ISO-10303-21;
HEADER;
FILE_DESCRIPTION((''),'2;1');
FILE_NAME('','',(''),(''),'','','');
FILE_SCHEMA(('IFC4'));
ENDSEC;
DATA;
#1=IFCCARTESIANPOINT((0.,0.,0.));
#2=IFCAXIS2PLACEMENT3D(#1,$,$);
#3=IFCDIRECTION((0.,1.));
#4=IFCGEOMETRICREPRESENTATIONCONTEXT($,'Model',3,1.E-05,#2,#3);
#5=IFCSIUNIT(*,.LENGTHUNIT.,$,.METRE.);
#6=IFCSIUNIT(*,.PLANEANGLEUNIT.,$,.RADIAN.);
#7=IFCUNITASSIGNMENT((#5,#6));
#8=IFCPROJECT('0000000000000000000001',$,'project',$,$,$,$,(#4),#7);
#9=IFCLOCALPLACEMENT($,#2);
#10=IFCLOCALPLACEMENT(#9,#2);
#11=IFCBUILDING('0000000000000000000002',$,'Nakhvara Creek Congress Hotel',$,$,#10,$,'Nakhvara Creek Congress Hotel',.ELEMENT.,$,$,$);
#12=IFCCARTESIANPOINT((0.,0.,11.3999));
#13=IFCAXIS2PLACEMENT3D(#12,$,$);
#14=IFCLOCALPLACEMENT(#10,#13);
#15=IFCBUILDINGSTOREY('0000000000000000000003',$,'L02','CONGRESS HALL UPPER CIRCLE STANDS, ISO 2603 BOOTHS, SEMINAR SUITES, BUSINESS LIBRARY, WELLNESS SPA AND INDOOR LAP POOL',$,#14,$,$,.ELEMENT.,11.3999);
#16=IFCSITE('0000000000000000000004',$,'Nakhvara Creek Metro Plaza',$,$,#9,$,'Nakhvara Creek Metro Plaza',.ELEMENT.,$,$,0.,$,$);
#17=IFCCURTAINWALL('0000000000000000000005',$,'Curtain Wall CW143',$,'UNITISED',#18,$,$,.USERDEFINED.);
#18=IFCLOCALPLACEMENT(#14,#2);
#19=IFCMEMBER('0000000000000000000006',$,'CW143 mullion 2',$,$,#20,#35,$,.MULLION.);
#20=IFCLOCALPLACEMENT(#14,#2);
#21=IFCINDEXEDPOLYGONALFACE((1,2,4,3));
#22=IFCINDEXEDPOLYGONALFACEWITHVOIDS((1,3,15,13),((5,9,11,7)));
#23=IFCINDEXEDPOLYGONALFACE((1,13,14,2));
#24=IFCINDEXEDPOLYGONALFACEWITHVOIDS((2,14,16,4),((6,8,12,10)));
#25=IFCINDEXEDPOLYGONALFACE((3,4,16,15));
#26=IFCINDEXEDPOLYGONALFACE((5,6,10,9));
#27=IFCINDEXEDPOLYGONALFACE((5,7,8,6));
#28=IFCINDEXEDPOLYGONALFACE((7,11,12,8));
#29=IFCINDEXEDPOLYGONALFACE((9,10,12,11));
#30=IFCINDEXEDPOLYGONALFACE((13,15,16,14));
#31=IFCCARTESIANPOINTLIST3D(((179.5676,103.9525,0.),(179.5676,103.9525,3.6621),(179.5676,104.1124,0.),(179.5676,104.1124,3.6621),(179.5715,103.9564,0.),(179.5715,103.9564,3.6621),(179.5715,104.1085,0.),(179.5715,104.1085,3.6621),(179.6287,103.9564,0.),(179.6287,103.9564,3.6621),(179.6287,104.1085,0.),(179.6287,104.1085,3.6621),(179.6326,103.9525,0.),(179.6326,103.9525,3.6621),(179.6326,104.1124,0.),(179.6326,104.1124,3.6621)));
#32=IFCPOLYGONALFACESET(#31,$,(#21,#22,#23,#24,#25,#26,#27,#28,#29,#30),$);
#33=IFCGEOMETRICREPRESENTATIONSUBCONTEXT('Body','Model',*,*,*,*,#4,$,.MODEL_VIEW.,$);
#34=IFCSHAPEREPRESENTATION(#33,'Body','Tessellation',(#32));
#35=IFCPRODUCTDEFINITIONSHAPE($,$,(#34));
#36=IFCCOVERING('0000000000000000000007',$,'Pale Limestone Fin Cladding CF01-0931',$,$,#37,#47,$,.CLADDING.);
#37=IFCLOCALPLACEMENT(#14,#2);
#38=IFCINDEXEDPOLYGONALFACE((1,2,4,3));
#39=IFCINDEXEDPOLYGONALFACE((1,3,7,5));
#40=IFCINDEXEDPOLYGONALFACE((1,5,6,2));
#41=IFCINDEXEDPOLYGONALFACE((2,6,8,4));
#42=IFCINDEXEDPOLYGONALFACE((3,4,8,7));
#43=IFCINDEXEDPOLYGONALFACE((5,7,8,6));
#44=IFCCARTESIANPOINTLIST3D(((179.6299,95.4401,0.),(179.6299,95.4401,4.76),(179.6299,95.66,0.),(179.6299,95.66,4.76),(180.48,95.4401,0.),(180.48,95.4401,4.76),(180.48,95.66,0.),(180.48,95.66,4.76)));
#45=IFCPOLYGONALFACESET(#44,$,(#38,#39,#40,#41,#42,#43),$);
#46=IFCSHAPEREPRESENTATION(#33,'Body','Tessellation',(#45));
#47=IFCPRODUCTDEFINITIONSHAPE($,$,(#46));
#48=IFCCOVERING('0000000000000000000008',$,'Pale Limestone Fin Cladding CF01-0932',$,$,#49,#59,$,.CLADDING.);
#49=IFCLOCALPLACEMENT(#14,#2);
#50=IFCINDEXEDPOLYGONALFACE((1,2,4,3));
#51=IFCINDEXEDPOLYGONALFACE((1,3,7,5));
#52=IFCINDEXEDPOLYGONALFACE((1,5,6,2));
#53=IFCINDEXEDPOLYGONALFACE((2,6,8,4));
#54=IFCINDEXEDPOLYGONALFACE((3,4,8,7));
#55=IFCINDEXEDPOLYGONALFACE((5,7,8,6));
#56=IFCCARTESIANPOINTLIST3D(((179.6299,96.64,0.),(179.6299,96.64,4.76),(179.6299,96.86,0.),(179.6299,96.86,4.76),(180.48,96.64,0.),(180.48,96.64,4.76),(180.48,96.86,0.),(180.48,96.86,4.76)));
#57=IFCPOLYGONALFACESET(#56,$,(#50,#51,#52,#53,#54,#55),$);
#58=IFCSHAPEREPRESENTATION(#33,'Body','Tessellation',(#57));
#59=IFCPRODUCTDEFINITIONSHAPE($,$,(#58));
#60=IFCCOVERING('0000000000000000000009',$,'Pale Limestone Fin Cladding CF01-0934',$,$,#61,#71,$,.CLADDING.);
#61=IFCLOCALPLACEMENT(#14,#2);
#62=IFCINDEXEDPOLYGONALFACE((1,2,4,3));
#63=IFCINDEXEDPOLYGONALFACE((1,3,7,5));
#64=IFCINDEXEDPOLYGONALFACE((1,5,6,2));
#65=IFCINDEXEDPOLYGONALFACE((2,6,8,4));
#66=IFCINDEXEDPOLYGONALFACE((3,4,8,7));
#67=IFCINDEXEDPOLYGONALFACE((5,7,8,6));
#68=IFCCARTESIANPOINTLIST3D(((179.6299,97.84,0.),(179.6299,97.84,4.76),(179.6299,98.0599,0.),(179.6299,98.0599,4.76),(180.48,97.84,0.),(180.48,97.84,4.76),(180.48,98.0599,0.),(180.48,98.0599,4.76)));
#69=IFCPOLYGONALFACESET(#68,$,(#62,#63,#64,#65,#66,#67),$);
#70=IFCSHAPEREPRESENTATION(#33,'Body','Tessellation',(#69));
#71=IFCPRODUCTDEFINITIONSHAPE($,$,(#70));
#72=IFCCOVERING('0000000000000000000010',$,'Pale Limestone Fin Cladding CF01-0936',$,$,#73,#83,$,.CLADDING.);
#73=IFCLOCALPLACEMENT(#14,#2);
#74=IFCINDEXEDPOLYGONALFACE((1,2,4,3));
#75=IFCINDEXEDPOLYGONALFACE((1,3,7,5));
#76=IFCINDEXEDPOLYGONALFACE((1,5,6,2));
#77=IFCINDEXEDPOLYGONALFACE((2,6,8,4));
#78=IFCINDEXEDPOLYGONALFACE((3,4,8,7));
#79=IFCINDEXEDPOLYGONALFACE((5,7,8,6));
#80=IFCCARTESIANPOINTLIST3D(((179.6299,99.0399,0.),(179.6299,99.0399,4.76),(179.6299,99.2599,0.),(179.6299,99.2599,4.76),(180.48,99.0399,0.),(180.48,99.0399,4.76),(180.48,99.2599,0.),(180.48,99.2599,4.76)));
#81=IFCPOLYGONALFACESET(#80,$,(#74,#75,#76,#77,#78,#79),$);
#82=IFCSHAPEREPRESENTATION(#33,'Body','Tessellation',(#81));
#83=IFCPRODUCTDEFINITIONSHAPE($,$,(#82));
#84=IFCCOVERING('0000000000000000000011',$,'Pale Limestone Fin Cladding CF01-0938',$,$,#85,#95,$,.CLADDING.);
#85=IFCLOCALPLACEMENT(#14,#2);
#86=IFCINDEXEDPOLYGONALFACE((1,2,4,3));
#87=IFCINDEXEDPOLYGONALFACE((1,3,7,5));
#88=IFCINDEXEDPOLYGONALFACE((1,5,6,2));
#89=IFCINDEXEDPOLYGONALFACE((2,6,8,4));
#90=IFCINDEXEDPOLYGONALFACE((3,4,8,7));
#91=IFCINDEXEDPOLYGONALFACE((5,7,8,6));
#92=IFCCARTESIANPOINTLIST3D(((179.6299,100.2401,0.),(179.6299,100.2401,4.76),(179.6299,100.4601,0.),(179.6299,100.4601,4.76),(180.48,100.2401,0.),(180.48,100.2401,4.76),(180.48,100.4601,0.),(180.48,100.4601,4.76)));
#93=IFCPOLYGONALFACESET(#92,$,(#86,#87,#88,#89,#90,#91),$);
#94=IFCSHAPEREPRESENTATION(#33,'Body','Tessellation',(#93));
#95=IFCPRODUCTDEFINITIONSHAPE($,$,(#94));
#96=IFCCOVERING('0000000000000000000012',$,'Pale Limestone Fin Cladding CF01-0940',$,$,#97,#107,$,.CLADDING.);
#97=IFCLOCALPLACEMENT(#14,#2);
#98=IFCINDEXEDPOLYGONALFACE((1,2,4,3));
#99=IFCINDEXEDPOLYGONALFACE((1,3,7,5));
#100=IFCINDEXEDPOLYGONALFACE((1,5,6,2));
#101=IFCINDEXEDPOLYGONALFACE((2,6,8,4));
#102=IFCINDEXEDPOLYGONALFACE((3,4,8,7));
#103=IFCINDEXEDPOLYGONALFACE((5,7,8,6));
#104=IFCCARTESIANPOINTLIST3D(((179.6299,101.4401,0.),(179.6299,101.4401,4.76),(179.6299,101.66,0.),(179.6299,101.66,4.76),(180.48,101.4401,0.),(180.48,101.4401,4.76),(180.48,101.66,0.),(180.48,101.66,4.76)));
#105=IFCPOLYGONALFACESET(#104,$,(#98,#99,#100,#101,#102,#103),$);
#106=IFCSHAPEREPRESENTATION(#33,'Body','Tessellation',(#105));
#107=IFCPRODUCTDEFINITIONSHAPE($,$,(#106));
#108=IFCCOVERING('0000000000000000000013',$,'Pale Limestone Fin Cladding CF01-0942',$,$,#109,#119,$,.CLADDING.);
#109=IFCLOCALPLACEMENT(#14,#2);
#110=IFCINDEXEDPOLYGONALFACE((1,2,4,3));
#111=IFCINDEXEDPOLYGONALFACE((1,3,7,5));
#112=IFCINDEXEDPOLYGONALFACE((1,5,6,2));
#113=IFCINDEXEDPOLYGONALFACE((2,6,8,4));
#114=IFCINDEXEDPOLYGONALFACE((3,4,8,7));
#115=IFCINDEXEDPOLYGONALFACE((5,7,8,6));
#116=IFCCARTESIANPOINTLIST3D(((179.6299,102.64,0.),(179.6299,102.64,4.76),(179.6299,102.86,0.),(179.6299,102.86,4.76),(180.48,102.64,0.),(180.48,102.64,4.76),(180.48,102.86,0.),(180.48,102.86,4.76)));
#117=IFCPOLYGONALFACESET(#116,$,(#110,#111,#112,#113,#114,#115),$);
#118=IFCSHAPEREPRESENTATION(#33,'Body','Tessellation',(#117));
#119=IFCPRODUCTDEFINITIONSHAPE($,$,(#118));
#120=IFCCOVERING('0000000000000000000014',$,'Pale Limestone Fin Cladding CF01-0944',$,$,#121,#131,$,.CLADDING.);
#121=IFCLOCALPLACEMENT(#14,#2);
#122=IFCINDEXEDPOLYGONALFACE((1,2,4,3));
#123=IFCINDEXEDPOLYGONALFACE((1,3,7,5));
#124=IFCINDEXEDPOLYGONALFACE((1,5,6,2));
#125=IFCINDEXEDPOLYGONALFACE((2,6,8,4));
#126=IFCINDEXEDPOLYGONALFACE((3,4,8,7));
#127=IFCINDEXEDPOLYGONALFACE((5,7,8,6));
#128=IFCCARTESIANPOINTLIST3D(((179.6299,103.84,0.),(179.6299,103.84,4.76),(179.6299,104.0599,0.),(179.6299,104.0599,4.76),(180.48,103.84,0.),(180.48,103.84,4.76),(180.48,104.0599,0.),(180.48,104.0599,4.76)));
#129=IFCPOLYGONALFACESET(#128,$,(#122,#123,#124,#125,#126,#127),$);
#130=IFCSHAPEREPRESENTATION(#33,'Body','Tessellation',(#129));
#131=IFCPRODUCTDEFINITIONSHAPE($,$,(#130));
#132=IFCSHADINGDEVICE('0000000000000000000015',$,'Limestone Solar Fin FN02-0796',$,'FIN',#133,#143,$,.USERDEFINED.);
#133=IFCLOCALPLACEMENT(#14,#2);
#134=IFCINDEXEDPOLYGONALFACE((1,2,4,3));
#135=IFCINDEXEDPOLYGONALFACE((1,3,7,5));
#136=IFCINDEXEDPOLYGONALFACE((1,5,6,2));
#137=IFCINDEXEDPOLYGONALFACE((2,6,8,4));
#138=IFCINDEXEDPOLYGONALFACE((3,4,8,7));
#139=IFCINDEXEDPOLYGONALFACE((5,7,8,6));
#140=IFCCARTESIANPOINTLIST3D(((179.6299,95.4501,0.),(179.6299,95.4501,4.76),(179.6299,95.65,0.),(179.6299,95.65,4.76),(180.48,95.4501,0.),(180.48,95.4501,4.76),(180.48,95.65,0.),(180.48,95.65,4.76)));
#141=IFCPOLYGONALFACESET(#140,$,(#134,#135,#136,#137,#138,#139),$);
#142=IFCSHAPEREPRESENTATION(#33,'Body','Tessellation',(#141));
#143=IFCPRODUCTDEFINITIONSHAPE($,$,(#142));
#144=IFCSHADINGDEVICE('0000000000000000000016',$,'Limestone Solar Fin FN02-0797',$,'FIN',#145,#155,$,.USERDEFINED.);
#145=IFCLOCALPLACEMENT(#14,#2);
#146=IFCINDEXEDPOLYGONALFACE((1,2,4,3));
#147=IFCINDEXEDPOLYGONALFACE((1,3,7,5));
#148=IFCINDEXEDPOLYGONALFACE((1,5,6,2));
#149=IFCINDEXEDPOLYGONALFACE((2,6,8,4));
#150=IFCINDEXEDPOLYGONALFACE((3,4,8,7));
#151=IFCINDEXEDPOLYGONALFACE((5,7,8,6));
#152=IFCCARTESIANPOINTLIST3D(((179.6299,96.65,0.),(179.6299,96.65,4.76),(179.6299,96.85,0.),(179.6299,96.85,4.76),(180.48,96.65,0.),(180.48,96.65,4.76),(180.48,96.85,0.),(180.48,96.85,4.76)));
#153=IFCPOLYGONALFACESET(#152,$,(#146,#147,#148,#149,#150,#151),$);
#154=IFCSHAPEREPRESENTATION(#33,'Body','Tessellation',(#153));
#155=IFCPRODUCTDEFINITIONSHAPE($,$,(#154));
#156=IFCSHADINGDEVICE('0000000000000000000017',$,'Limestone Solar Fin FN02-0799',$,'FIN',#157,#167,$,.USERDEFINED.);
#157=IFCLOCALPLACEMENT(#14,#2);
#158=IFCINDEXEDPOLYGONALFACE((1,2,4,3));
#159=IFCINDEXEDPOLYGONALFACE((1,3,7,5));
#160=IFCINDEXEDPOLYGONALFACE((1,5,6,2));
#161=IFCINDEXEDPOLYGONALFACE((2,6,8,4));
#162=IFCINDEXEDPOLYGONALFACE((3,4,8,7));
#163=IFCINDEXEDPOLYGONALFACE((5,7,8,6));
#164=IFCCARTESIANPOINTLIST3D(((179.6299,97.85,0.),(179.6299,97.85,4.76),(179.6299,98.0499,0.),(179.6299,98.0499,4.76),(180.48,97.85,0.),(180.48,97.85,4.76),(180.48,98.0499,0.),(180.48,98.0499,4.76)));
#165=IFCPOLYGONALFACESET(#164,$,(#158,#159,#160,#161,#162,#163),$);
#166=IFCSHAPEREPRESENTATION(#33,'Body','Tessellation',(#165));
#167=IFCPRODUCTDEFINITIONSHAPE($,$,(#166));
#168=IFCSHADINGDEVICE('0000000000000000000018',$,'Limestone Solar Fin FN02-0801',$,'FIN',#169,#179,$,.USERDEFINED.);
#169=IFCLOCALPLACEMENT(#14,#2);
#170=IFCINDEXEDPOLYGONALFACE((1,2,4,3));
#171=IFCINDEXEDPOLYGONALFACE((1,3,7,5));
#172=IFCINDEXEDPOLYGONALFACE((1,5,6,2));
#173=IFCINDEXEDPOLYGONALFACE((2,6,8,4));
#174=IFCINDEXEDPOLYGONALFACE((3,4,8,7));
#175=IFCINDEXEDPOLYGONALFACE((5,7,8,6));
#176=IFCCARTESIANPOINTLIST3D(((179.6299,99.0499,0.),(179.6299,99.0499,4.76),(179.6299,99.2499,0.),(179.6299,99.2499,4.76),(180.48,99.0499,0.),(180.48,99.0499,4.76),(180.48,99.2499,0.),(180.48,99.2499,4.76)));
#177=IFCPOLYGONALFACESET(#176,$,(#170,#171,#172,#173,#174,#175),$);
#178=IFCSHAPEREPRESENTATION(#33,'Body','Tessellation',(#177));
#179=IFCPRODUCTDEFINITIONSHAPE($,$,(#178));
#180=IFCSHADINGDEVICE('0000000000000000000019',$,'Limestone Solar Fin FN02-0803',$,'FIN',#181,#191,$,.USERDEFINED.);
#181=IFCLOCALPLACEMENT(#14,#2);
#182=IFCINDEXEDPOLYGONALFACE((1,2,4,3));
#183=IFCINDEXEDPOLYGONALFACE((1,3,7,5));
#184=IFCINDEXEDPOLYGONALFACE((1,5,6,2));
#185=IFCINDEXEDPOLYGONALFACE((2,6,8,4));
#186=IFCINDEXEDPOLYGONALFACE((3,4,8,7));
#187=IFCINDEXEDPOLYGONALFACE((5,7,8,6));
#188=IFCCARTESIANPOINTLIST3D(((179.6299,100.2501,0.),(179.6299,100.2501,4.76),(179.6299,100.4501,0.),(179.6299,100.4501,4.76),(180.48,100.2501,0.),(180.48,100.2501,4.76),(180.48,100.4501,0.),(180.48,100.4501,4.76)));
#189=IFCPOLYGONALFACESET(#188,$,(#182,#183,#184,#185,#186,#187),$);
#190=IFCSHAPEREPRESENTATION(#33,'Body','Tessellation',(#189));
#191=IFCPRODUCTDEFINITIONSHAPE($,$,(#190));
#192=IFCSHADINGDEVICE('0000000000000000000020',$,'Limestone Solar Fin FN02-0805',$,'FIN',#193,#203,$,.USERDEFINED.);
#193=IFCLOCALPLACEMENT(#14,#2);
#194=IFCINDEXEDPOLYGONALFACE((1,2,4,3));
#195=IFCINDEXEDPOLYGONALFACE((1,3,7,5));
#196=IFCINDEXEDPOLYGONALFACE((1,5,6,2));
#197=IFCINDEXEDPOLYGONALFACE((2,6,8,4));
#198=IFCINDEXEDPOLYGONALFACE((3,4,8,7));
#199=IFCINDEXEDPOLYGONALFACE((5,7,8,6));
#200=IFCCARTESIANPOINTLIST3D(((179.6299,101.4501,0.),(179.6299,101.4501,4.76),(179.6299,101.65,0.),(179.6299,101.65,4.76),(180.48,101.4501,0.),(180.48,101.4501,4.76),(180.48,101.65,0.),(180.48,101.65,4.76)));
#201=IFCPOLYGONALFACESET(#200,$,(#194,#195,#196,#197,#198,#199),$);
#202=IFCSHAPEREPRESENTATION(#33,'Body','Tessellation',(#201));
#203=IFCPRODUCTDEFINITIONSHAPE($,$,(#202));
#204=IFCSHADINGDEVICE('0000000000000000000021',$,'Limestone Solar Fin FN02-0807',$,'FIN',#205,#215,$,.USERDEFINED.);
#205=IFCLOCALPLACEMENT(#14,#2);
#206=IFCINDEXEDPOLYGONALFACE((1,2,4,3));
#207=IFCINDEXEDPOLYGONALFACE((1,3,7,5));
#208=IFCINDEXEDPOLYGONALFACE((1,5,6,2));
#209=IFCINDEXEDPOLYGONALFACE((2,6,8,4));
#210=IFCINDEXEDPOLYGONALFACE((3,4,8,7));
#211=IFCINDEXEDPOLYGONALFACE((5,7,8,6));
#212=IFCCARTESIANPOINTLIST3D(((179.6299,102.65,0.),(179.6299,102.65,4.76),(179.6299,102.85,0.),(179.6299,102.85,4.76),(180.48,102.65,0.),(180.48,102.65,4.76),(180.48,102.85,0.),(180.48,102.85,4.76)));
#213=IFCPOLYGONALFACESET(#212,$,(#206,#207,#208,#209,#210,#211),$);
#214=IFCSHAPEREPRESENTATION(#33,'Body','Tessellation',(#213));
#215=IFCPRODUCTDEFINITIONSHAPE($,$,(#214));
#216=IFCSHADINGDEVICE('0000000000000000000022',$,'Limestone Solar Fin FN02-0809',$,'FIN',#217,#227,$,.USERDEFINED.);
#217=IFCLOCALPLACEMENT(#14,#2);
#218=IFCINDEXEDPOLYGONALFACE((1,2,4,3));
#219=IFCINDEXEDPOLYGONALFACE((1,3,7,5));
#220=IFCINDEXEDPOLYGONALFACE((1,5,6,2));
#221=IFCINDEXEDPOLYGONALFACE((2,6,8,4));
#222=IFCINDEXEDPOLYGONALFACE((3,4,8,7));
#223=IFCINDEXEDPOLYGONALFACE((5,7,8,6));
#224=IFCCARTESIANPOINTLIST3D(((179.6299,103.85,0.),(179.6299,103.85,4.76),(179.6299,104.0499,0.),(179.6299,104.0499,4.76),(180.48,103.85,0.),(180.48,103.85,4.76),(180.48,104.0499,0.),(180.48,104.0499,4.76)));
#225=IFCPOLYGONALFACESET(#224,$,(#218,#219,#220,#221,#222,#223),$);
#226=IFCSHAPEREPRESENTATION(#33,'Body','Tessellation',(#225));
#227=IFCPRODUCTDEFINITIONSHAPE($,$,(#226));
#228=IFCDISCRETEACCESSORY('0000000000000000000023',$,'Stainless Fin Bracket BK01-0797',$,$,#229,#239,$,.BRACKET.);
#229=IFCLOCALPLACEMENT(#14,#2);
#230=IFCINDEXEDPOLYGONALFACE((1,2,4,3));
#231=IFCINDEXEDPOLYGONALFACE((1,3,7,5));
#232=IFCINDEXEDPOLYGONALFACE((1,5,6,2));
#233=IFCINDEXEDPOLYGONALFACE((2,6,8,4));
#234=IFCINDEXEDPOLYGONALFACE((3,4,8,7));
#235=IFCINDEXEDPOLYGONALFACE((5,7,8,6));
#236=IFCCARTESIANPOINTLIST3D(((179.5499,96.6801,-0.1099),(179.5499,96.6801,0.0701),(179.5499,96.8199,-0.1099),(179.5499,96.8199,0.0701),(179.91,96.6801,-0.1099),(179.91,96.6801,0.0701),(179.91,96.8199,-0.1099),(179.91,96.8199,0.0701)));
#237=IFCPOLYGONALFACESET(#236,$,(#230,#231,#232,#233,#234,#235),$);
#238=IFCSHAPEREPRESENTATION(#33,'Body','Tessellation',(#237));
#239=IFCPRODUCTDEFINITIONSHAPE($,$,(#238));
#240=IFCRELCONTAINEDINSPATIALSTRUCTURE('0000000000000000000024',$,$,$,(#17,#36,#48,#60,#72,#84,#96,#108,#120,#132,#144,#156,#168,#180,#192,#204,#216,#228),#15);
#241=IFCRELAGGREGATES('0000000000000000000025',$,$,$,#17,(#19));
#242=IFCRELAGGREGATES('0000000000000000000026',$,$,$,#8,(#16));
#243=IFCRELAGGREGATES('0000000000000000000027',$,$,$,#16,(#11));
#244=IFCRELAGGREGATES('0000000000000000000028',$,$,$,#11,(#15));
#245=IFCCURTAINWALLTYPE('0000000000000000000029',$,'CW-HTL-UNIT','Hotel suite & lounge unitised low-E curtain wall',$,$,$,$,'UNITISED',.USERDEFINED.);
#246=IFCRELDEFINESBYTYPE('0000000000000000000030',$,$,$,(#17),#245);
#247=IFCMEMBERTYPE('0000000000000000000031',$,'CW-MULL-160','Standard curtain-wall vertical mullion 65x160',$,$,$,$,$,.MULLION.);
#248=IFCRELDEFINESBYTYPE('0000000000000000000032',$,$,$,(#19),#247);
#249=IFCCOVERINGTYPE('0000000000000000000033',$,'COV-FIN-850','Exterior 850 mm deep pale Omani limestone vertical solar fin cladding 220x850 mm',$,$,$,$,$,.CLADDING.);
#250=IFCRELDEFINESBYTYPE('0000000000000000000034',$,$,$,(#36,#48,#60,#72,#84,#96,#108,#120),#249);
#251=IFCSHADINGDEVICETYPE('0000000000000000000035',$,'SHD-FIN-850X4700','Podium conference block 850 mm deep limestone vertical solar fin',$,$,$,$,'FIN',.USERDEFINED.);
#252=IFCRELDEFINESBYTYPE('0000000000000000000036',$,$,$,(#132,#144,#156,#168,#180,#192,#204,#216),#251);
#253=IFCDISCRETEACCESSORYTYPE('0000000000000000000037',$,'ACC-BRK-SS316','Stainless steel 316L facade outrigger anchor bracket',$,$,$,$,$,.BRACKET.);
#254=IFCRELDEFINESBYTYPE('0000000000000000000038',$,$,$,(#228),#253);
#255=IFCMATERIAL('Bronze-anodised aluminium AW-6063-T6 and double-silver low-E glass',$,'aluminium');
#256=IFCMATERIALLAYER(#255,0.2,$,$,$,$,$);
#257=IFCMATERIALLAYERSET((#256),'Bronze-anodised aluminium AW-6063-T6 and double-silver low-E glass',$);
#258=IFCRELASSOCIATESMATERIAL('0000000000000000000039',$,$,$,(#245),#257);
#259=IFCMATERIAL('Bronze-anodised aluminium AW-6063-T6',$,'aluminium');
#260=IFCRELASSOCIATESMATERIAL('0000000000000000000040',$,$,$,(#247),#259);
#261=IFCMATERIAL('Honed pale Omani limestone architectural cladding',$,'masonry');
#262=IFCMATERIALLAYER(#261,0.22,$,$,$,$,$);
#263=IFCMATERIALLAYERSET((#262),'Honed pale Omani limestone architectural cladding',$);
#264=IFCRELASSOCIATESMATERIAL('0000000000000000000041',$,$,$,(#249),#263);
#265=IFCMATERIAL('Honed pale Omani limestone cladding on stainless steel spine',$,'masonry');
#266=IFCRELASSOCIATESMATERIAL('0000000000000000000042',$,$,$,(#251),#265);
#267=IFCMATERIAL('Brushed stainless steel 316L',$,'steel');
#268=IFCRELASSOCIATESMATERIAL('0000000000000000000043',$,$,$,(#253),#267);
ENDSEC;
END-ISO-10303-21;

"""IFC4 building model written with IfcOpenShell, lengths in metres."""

from ifc_helpers import new_model, si_unit, direction, frame, origin, origin_2d, place, context, subcontext, project, spatial, rectangle, hollow_rectangle, extrude, material, layer, layer_set, material_profile, profile_set, type_object, element, aggregate, save


model = new_model("IFC4")

# Units and contexts
model_context = context("Model", 3, precision=1e-05, world=origin(), true_north=direction((0.0, 1.0)))
body_context = subcontext(model_context, "Body", "Model", "MODEL_VIEW")
ifc_project = project(units=[si_unit("LENGTHUNIT", "METRE"), si_unit("PLANEANGLEUNIT", "RADIAN")], contexts=[model_context])

# Site, building, storey
site_placement = place(None, origin())
site = spatial("IfcSite", under=ifc_project, at=site_placement, Name="Nakhvara Creek Metro Plaza", LongName="Nakhvara Creek Metro Plaza", CompositionType="ELEMENT", RefElevation=0.0)
building_placement = place(site_placement, origin())
building = spatial("IfcBuilding", under=site, at=building_placement, Name="Nakhvara Creek Congress Hotel", LongName="Nakhvara Creek Congress Hotel", CompositionType="ELEMENT")
storey_placement = place(building_placement, frame((0.0, 0.0, 11.3999)))
storey = spatial("IfcBuildingStorey", under=building, at=storey_placement, Name="L02", Description="CONGRESS HALL UPPER CIRCLE STANDS, ISO 2603 BOOTHS, SEMINAR SUITES, BUSINESS LIBRARY, WELLNESS SPA AND INDOOR LAP POOL", CompositionType="ELEMENT", Elevation=11.3999)

# Curtain wall, member
ifc_material_1 = material(Name="Bronze-anodised aluminium AW-6063-T6 and double-silver low-E glass", Category="aluminium")
ifc_layer_1 = layer(ifc_material_1, 0.2)
ifc_layer_set_1 = layer_set([ifc_layer_1], Name="Bronze-anodised aluminium AW-6063-T6 and double-silver low-E glass")
curtain_wall_type = type_object("IfcCurtainWallType", Name="CW-HTL-UNIT", Description="Hotel suite & lounge unitised low-E curtain wall", ElementType="UNITISED", PredefinedType="USERDEFINED", material=ifc_layer_set_1)
curtain_wall_placement = place(storey_placement, origin())
curtain_wall = element("IfcCurtainWall", 1, at=curtain_wall_placement, inside=storey, type_object=curtain_wall_type, Name="Curtain Wall CW143", ObjectType="UNITISED", PredefinedType="USERDEFINED")
ifc_material_2 = material(Name="Bronze-anodised aluminium AW-6063-T6", Category="aluminium")
ifc_material_profile = material_profile(ifc_material_2, hollow_rectangle(XDim=0.0649, YDim=0.1599, WallThickness=0.0039, at=origin_2d()), Name="ALU-MULL 65x160x4", Category="LoadBearing")
ifc_profile_set = profile_set([ifc_material_profile], Name="Bronze-anodised aluminium AW-6063-T6")
member_type = type_object("IfcMemberType", Name="CW-MULL-160", Description="Standard curtain-wall vertical mullion 65x160", PredefinedType="MULLION", material=ifc_profile_set)
member_placement = place(storey_placement, frame((179.6001, 104.0325, 0.0), z_axis=(0.0, 0.0, 1.0), x_axis=(1.0, 0.0, 0.0)))
member = element("IfcMember", 2, at=member_placement, type_object=member_type, Name="CW143 mullion 2", PredefinedType="MULLION", context=body_context, shape_type="SweptSolid", body=[
    extrude(hollow_rectangle(XDim=0.0649, YDim=0.1599, WallThickness=0.0039, at=origin_2d()), origin(), (0.0, 0.0, 1.0), 3.6621),
])
aggregate(curtain_wall, [member])

# Coverings
ifc_material_3 = material(Name="Honed pale Omani limestone architectural cladding", Category="masonry")
ifc_layer_2 = layer(ifc_material_3, 0.22)
ifc_layer_set_2 = layer_set([ifc_layer_2], Name="Honed pale Omani limestone architectural cladding")
covering_type = type_object("IfcCoveringType", Name="COV-FIN-850", Description="Exterior 850 mm deep pale Omani limestone vertical solar fin cladding 220x850 mm", PredefinedType="CLADDING", material=ifc_layer_set_2)
for number, where, z_axis, x_axis, name in (
    (3, (180.0549, 95.55, 0.0), (0.0, 0.0, 1.0), (0.0, 1.0, 0.0), "Pale Limestone Fin Cladding CF01-0931"),
    (4, (180.0549, 96.75, 0.0), (0.0, 0.0, 1.0), (0.0, 1.0, 0.0), "Pale Limestone Fin Cladding CF01-0932"),
    (5, (180.0549, 97.95, 0.0), (0.0, 0.0, 1.0), (0.0, 1.0, 0.0), "Pale Limestone Fin Cladding CF01-0934"),
    (6, (180.0549, 99.1499, 0.0), (0.0, 0.0, 1.0), (0.0, 1.0, 0.0), "Pale Limestone Fin Cladding CF01-0936"),
    (7, (180.0549, 100.3501, 0.0), (0.0, 0.0, 1.0), (0.0, 1.0, 0.0), "Pale Limestone Fin Cladding CF01-0938"),
    (8, (180.0549, 101.55, 0.0), (0.0, 0.0, 1.0), (0.0, 1.0, 0.0), "Pale Limestone Fin Cladding CF01-0940"),
    (9, (180.0549, 102.75, 0.0), (0.0, 0.0, 1.0), (0.0, 1.0, 0.0), "Pale Limestone Fin Cladding CF01-0942"),
    (10, (180.0549, 103.95, 0.0), (0.0, 0.0, 1.0), (0.0, 1.0, 0.0), "Pale Limestone Fin Cladding CF01-0944"),
):
    element("IfcCovering", number, at=place(storey_placement, frame(where, z_axis=z_axis, x_axis=x_axis)), inside=storey, type_object=covering_type, Name=name, PredefinedType="CLADDING", context=body_context, shape_type="SweptSolid", body=[
        extrude(rectangle(XDim=0.22, YDim=0.8501, at=origin_2d()), origin(), (0.0, 0.0, 1.0), 4.76),
    ])

# Shading devices
ifc_material_4 = material(Name="Honed pale Omani limestone cladding on stainless steel spine", Category="masonry")
shading_device_type = type_object("IfcShadingDeviceType", Name="SHD-FIN-850X4700", Description="Podium conference block 850 mm deep limestone vertical solar fin", ElementType="FIN", PredefinedType="USERDEFINED", material=ifc_material_4)
for number, where, z_axis, x_axis, name in (
    (11, (180.0549, 95.55, 0.0), (0.0, 0.0, 1.0), (0.0, 1.0, 0.0), "Limestone Solar Fin FN02-0796"),
    (12, (180.0549, 96.75, 0.0), (0.0, 0.0, 1.0), (0.0, 1.0, 0.0), "Limestone Solar Fin FN02-0797"),
    (13, (180.0549, 97.95, 0.0), (0.0, 0.0, 1.0), (0.0, 1.0, 0.0), "Limestone Solar Fin FN02-0799"),
    (14, (180.0549, 99.1499, 0.0), (0.0, 0.0, 1.0), (0.0, 1.0, 0.0), "Limestone Solar Fin FN02-0801"),
    (15, (180.0549, 100.3501, 0.0), (0.0, 0.0, 1.0), (0.0, 1.0, 0.0), "Limestone Solar Fin FN02-0803"),
    (16, (180.0549, 101.55, 0.0), (0.0, 0.0, 1.0), (0.0, 1.0, 0.0), "Limestone Solar Fin FN02-0805"),
    (17, (180.0549, 102.75, 0.0), (0.0, 0.0, 1.0), (0.0, 1.0, 0.0), "Limestone Solar Fin FN02-0807"),
    (18, (180.0549, 103.95, 0.0), (0.0, 0.0, 1.0), (0.0, 1.0, 0.0), "Limestone Solar Fin FN02-0809"),
):
    element("IfcShadingDevice", number, at=place(storey_placement, frame(where, z_axis=z_axis, x_axis=x_axis)), inside=storey, type_object=shading_device_type, Name=name, ObjectType="FIN", PredefinedType="USERDEFINED", context=body_context, shape_type="SweptSolid", body=[
        extrude(rectangle(XDim=0.2, YDim=0.8501, at=origin_2d()), origin(), (0.0, 0.0, 1.0), 4.76),
    ])

# Discrete accessory
ifc_material_5 = material(Name="Brushed stainless steel 316L", Category="steel")
discrete_accessory_type = type_object("IfcDiscreteAccessoryType", Name="ACC-BRK-SS316", Description="Stainless steel 316L facade outrigger anchor bracket", PredefinedType="BRACKET", material=ifc_material_5)
for number, where, z_axis, x_axis, name in (
    (19, (179.73, 96.75, -0.1099), (0.0, 0.0, 1.0), (0.0, 1.0, 0.0), "Stainless Fin Bracket BK01-0797"),
):
    element("IfcDiscreteAccessory", number, at=place(storey_placement, frame(where, z_axis=z_axis, x_axis=x_axis)), inside=storey, type_object=discrete_accessory_type, Name=name, PredefinedType="BRACKET", context=body_context, shape_type="SweptSolid", body=[
        extrude(rectangle(XDim=0.1399, YDim=0.3601, at=origin_2d()), origin(), (0.0, 0.0, 1.0), 0.1799),
    ])

save(model, "model.ifc")
